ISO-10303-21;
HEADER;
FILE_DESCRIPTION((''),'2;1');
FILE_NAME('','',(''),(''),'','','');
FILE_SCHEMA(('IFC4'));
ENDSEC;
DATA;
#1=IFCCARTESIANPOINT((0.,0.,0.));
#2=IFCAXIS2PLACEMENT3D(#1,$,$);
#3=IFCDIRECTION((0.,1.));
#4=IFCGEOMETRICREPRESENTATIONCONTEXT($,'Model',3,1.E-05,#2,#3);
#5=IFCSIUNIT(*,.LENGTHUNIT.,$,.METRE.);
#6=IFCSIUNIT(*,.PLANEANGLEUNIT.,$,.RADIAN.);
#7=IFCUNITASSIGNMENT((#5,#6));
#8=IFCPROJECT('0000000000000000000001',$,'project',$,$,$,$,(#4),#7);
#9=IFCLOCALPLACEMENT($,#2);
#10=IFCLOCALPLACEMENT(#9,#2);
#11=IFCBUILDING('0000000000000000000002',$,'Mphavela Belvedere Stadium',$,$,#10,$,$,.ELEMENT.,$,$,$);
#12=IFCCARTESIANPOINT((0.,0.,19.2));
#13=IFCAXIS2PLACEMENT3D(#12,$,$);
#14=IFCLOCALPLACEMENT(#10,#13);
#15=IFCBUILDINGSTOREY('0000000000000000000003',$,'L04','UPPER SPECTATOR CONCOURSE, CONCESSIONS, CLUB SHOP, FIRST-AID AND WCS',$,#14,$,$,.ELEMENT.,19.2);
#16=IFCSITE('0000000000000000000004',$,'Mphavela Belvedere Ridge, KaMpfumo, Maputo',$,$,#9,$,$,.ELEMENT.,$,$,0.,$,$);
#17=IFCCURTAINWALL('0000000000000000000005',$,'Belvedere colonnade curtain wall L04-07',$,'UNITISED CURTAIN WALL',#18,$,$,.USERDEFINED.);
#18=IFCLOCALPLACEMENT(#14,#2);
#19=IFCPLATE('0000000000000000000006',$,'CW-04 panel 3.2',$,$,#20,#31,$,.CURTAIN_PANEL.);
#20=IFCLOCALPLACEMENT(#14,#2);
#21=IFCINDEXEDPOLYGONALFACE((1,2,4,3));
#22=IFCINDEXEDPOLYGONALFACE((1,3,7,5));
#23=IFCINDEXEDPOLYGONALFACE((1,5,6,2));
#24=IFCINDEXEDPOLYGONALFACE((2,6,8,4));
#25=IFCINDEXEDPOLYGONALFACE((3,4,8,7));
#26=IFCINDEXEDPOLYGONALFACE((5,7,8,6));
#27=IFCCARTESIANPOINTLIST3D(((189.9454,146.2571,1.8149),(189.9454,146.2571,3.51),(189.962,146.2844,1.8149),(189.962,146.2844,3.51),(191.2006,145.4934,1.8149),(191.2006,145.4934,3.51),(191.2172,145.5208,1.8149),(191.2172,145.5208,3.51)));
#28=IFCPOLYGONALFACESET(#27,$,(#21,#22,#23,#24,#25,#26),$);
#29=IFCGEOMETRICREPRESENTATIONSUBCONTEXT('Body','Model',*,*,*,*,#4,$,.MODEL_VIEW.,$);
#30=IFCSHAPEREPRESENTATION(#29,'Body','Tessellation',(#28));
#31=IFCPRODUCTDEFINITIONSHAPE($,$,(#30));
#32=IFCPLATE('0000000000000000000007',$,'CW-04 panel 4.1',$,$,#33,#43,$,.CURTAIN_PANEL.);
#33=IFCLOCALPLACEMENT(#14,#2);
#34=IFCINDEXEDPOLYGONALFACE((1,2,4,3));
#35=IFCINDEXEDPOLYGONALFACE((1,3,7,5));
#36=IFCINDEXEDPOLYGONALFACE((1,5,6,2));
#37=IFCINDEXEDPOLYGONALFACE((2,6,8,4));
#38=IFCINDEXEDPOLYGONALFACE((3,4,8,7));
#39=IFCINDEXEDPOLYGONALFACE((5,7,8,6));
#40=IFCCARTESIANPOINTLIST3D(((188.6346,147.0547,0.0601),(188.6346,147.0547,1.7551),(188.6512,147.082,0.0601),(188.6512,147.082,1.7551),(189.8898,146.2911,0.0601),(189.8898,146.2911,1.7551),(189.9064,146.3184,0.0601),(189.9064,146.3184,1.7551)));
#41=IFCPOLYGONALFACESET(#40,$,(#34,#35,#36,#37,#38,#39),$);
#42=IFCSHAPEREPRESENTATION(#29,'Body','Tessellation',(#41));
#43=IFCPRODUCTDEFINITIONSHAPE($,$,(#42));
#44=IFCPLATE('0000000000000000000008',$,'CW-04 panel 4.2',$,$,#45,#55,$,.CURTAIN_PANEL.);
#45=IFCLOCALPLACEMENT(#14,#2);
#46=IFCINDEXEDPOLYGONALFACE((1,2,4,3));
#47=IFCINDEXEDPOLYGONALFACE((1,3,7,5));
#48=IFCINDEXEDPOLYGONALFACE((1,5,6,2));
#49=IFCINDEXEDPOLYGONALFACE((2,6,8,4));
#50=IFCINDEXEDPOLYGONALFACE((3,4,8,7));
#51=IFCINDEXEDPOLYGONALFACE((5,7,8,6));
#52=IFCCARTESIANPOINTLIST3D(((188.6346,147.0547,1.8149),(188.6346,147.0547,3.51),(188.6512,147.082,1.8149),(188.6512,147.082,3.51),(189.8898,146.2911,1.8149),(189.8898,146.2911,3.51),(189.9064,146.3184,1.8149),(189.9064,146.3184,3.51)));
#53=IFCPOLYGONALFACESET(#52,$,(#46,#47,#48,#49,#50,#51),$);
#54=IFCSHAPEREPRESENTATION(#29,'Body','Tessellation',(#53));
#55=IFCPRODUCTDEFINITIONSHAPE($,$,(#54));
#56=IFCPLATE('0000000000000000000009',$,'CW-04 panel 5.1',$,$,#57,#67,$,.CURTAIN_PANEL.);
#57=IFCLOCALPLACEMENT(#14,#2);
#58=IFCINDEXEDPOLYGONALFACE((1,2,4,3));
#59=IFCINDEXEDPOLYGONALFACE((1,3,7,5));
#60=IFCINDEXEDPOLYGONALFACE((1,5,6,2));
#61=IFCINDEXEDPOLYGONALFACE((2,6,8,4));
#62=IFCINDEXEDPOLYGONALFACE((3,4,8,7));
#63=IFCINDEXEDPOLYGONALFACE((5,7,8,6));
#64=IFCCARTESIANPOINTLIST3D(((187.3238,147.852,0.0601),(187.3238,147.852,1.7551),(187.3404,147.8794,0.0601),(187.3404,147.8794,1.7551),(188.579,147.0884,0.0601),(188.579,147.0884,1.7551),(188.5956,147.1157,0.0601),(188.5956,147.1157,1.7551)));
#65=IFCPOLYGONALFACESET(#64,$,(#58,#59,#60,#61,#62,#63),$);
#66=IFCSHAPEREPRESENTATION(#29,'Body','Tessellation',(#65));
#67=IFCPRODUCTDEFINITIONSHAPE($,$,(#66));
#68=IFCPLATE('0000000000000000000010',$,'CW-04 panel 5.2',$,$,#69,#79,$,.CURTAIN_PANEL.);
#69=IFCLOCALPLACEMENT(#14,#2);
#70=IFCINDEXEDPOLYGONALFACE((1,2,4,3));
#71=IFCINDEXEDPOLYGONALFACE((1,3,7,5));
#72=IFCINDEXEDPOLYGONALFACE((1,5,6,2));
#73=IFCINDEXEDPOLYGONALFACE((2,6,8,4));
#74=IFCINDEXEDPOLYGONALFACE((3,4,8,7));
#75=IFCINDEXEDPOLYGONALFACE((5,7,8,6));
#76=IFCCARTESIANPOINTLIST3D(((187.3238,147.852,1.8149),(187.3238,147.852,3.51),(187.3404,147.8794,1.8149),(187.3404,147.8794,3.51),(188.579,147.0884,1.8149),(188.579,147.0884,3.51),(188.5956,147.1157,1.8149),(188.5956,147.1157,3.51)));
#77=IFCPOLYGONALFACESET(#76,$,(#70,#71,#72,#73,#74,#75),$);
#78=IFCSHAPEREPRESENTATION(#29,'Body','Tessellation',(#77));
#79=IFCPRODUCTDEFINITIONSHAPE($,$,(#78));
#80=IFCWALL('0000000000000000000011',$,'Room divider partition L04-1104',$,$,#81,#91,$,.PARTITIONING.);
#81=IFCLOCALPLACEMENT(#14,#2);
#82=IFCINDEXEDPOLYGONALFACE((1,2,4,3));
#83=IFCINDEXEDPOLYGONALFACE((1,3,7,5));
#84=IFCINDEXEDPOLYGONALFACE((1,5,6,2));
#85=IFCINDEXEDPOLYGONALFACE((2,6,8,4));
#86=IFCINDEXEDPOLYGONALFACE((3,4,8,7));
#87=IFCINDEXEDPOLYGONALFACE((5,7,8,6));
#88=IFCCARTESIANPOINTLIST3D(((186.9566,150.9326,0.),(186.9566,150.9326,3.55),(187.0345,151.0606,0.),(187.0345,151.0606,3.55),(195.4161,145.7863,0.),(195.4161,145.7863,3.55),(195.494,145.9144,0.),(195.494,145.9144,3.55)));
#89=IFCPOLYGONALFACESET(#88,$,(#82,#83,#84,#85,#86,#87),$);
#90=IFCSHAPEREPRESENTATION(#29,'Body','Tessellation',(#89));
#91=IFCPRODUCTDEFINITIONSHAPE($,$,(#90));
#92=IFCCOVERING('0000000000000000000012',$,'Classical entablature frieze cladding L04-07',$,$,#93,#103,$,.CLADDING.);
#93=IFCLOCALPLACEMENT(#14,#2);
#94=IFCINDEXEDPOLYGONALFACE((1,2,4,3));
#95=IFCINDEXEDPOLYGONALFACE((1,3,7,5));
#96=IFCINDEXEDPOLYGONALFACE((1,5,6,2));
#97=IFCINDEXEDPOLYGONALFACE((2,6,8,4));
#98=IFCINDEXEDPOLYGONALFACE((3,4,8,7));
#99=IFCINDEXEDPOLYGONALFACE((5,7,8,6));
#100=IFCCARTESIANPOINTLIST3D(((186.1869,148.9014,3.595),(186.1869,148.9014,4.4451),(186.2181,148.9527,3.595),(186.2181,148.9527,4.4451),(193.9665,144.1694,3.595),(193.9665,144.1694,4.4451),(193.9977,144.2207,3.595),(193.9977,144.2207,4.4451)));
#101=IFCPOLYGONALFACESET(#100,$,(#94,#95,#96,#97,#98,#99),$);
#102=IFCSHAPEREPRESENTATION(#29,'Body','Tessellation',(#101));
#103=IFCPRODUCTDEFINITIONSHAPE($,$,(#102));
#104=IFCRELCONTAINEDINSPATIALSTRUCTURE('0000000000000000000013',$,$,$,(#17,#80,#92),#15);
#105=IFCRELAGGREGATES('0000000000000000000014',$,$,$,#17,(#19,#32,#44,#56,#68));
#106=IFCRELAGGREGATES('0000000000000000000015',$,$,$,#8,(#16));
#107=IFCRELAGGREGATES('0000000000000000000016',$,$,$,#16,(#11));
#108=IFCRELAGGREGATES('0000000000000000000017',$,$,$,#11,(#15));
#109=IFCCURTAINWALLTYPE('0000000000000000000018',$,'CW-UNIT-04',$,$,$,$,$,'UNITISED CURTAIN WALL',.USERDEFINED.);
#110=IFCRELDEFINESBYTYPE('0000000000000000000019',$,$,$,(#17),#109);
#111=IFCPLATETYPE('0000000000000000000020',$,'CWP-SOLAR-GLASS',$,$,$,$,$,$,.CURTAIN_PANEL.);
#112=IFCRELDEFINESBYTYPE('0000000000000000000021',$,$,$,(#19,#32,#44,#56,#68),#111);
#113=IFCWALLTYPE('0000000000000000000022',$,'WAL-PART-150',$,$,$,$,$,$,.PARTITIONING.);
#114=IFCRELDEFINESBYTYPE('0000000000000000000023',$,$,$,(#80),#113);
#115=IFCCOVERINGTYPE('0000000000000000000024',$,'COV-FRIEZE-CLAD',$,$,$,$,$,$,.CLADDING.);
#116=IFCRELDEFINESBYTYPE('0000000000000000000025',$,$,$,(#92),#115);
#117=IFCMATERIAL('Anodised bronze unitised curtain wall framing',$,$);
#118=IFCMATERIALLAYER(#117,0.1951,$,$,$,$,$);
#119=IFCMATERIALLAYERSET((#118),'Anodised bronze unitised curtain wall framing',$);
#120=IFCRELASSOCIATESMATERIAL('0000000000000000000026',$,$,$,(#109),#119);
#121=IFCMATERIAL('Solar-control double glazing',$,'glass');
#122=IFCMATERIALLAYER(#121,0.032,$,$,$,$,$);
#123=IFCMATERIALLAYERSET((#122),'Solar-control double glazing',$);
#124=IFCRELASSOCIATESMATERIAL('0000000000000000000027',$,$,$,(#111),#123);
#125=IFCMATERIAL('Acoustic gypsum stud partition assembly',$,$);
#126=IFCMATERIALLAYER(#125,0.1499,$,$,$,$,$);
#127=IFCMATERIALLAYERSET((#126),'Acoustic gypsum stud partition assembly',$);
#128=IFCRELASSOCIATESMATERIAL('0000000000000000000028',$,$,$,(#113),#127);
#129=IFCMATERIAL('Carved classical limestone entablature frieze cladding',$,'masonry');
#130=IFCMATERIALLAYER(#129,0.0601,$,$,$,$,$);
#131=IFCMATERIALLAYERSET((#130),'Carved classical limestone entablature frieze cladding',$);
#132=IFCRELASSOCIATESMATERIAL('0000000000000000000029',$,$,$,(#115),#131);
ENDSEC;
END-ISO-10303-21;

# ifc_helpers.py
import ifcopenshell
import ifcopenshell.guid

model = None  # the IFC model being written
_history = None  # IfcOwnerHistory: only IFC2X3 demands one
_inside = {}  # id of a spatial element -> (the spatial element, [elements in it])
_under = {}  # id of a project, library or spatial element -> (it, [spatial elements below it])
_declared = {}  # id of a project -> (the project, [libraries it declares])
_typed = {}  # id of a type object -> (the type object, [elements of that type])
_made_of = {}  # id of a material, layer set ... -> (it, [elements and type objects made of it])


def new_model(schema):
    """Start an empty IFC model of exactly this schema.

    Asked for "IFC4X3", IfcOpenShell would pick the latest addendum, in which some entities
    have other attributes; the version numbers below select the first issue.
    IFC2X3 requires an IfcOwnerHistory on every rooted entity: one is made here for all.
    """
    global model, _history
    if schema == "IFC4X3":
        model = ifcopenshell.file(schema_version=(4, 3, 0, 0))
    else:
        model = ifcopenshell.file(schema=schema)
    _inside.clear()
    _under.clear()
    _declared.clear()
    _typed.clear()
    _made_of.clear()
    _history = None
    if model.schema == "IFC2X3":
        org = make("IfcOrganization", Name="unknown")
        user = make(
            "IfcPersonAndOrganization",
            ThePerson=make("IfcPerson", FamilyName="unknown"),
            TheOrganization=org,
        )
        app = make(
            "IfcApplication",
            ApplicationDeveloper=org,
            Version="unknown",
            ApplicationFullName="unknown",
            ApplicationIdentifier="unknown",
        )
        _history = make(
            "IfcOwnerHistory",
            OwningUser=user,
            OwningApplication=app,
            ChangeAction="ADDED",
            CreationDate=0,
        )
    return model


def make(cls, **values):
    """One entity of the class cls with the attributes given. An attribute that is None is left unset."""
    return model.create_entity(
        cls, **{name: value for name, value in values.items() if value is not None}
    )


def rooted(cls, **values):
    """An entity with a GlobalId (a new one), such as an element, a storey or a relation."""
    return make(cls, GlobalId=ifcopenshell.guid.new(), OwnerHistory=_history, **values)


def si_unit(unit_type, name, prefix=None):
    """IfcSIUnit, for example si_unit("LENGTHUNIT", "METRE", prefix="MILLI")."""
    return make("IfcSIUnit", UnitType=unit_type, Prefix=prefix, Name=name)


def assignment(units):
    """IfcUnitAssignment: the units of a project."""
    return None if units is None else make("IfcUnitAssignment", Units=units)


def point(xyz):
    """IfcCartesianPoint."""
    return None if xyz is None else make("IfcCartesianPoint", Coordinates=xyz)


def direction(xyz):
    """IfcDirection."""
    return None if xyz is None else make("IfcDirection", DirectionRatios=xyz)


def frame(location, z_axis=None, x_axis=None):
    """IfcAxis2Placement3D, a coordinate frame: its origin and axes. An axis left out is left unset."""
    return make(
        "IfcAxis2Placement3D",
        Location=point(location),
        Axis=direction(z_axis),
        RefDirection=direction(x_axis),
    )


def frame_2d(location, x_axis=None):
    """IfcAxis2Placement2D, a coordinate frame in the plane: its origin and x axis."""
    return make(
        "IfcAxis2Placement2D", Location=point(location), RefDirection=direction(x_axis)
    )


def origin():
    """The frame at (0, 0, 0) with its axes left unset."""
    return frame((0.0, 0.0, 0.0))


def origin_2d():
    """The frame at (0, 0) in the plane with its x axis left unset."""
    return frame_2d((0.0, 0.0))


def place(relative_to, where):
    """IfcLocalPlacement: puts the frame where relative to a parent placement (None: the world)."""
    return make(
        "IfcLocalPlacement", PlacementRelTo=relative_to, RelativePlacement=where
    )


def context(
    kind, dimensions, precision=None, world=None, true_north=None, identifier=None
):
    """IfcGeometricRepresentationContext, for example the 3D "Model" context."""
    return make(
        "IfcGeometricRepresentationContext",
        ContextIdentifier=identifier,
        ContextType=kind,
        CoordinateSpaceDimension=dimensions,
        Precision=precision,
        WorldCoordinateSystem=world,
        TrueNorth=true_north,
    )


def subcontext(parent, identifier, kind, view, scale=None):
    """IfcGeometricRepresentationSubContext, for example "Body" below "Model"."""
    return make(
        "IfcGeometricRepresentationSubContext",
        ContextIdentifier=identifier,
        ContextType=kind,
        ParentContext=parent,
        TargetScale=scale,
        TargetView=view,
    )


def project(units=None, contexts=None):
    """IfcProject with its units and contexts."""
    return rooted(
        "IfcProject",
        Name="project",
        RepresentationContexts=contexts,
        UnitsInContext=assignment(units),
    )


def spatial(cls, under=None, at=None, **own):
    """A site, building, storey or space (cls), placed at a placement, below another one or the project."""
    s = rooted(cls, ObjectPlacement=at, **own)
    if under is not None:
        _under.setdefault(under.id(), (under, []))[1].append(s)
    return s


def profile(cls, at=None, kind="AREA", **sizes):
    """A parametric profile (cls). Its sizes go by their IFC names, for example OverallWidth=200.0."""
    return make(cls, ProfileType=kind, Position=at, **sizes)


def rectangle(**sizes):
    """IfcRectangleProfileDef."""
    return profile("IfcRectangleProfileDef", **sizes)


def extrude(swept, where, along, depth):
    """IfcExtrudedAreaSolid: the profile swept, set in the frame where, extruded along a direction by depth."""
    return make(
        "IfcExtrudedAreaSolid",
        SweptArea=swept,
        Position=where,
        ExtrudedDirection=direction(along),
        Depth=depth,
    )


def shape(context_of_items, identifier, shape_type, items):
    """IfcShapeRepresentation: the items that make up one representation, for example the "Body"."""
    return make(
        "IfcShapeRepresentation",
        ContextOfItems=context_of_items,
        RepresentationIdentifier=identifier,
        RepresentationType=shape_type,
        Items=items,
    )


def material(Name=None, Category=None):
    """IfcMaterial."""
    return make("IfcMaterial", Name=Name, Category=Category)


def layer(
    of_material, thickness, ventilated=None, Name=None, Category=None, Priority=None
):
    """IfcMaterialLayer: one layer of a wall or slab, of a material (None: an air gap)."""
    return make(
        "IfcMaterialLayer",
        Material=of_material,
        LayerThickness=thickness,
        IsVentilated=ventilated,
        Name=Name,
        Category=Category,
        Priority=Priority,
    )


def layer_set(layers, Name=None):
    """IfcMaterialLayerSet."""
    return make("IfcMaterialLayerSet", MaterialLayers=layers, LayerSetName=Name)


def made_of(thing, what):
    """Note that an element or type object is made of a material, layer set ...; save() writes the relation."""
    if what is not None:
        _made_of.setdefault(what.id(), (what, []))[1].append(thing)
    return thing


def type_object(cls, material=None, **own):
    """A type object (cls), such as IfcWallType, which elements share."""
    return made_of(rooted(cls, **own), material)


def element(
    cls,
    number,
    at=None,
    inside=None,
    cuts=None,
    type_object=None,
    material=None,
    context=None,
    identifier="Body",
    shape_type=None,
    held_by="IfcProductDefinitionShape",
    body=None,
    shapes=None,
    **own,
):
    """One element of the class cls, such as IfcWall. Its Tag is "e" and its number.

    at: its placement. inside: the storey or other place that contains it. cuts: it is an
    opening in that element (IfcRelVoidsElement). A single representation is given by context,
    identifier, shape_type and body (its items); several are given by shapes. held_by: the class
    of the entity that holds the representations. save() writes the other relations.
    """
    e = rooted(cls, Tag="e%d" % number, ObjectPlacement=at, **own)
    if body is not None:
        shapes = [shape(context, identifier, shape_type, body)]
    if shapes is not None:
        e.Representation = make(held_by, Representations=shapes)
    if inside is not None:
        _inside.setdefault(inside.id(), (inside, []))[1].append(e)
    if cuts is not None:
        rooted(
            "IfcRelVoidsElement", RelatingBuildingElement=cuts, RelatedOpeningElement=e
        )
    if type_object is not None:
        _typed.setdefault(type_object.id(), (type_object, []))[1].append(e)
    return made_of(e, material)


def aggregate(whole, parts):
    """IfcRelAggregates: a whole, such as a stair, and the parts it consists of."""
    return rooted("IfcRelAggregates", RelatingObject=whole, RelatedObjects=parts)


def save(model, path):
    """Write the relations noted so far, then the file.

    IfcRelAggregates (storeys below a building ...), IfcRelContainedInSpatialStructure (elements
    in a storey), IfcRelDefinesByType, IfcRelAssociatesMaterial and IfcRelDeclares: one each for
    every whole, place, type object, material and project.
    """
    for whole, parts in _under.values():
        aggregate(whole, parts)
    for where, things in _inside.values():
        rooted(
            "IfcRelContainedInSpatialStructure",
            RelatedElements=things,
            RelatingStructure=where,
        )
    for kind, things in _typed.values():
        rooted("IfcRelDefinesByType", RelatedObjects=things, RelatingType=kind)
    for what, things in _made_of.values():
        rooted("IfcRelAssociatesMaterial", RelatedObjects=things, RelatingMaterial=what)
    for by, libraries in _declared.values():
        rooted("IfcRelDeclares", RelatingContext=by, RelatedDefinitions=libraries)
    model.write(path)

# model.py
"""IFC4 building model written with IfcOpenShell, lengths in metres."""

from ifc_helpers import new_model, si_unit, direction, frame, frame_2d, origin, origin_2d, place, context, subcontext, project, spatial, rectangle, extrude, material, layer, layer_set, type_object, element, aggregate, save


model = new_model("IFC4")

# Units and contexts
model_context = context("Model", 3, precision=1e-05, world=origin(), true_north=direction((0.0, 1.0)))
body_context = subcontext(model_context, "Body", "Model", "MODEL_VIEW")
ifc_project = project(units=[si_unit("LENGTHUNIT", "METRE"), si_unit("PLANEANGLEUNIT", "RADIAN")], contexts=[model_context])

# Site, building, storey
site_placement = place(None, origin())
site = spatial("IfcSite", under=ifc_project, at=site_placement, Name="Mphavela Belvedere Ridge, KaMpfumo, Maputo", CompositionType="ELEMENT", RefElevation=0.0)
building_placement = place(site_placement, origin())
building = spatial("IfcBuilding", under=site, at=building_placement, Name="Mphavela Belvedere Stadium", CompositionType="ELEMENT")
storey_placement = place(building_placement, frame((0.0, 0.0, 19.2)))
storey = spatial("IfcBuildingStorey", under=building, at=storey_placement, Name="L04", Description="UPPER SPECTATOR CONCOURSE, CONCESSIONS, CLUB SHOP, FIRST-AID AND WCS", CompositionType="ELEMENT", Elevation=19.2)

# Curtain wall, plates
ifc_material_1 = material(Name="Anodised bronze unitised curtain wall framing")
ifc_layer_1 = layer(ifc_material_1, 0.1951)
ifc_layer_set_1 = layer_set([ifc_layer_1], Name="Anodised bronze unitised curtain wall framing")
curtain_wall_type = type_object("IfcCurtainWallType", Name="CW-UNIT-04", ElementType="UNITISED CURTAIN WALL", PredefinedType="USERDEFINED", material=ifc_layer_set_1)
curtain_wall_placement = place(storey_placement, origin())
curtain_wall = element("IfcCurtainWall", 1, at=curtain_wall_placement, inside=storey, type_object=curtain_wall_type, Name="Belvedere colonnade curtain wall L04-07", ObjectType="UNITISED CURTAIN WALL", PredefinedType="USERDEFINED")
ifc_material_2 = material(Name="Solar-control double glazing", Category="glass")
ifc_layer_2 = layer(ifc_material_2, 0.032)
ifc_layer_set_2 = layer_set([ifc_layer_2], Name="Solar-control double glazing")
plate_type = type_object("IfcPlateType", Name="CWP-SOLAR-GLASS", PredefinedType="CURTAIN_PANEL", material=ifc_layer_set_2)
plate_1_placement = place(storey_placement, frame((190.5813, 145.8889, 1.8149), z_axis=(0.0, 0.0, 1.0), x_axis=(-0.854327, 0.519735, 0.0)))
plate_1 = element("IfcPlate", 2, at=plate_1_placement, type_object=plate_type, Name="CW-04 panel 3.2", PredefinedType="CURTAIN_PANEL", context=body_context, shape_type="SweptSolid", body=[
    extrude(rectangle(XDim=1.4692, YDim=0.032, at=origin_2d()), origin(), (0.0, 0.0, 1.0), 1.6951),
])
plate_2_placement = place(storey_placement, frame((189.2705, 146.6865, 0.0601), z_axis=(0.0, 0.0, 1.0), x_axis=(-0.854327, 0.519735, 0.0)))
plate_2 = element("IfcPlate", 3, at=plate_2_placement, type_object=plate_type, Name="CW-04 panel 4.1", PredefinedType="CURTAIN_PANEL", context=body_context, shape_type="SweptSolid", body=[
    extrude(rectangle(XDim=1.4692, YDim=0.032, at=origin_2d()), origin(), (0.0, 0.0, 1.0), 1.6951),
])
plate_3_placement = place(storey_placement, frame((189.2705, 146.6865, 1.8149), z_axis=(0.0, 0.0, 1.0), x_axis=(-0.854327, 0.519735, 0.0)))
plate_3 = element("IfcPlate", 4, at=plate_3_placement, type_object=plate_type, Name="CW-04 panel 4.2", PredefinedType="CURTAIN_PANEL", context=body_context, shape_type="SweptSolid", body=[
    extrude(rectangle(XDim=1.4692, YDim=0.032, at=origin_2d()), origin(), (0.0, 0.0, 1.0), 1.6951),
])
plate_4_placement = place(storey_placement, frame((187.9597, 147.4839, 0.0601), z_axis=(0.0, 0.0, 1.0), x_axis=(-0.854327, 0.519735, 0.0)))
plate_4 = element("IfcPlate", 5, at=plate_4_placement, type_object=plate_type, Name="CW-04 panel 5.1", PredefinedType="CURTAIN_PANEL", context=body_context, shape_type="SweptSolid", body=[
    extrude(rectangle(XDim=1.4692, YDim=0.032, at=origin_2d()), origin(), (0.0, 0.0, 1.0), 1.6951),
])
plate_5_placement = place(storey_placement, frame((187.9597, 147.4839, 1.8149), z_axis=(0.0, 0.0, 1.0), x_axis=(-0.854327, 0.519735, 0.0)))
plate_5 = element("IfcPlate", 6, at=plate_5_placement, type_object=plate_type, Name="CW-04 panel 5.2", PredefinedType="CURTAIN_PANEL", context=body_context, shape_type="SweptSolid", body=[
    extrude(rectangle(XDim=1.4692, YDim=0.032, at=origin_2d()), origin(), (0.0, 0.0, 1.0), 1.6951),
])
aggregate(curtain_wall, [plate_1, plate_2, plate_3, plate_4, plate_5])

# Wall
ifc_material_3 = material(Name="Acoustic gypsum stud partition assembly")
ifc_layer_3 = layer(ifc_material_3, 0.1499)
ifc_layer_set_3 = layer_set([ifc_layer_3], Name="Acoustic gypsum stud partition assembly")
wall_type = type_object("IfcWallType", Name="WAL-PART-150", PredefinedType="PARTITIONING", material=ifc_layer_set_3)
wall_placement = place(storey_placement, frame((195.4551, 145.8503, 0.0), z_axis=(0.0, 0.0, 1.0), x_axis=(-0.854333, 0.519726, 0.0)))
element("IfcWall", 7, at=wall_placement, inside=storey, type_object=wall_type, Name="Room divider partition L04-1104", PredefinedType="PARTITIONING", context=body_context, shape_type="SweptSolid", body=[
    extrude(rectangle(XDim=9.9019, YDim=0.1499, at=frame_2d((4.9509, 0.0))), origin(), (0.0, 0.0, 1.0), 3.55),
])

# Covering
ifc_material_4 = material(Name="Carved classical limestone entablature frieze cladding", Category="masonry")
ifc_layer_4 = layer(ifc_material_4, 0.0601)
ifc_layer_set_4 = layer_set([ifc_layer_4], Name="Carved classical limestone entablature frieze cladding")
covering_type = type_object("IfcCoveringType", Name="COV-FRIEZE-CLAD", PredefinedType="CLADDING", material=ifc_layer_set_4)
covering_placement = place(storey_placement, frame((190.0923, 146.561, 3.595), z_axis=(0.0, 0.0, 1.0), x_axis=(-0.854368, 0.519668, 0.0)))
element("IfcCovering", 8, at=covering_placement, inside=storey, type_object=covering_type, Name="Classical entablature frieze cladding L04-07", PredefinedType="CLADDING", context=body_context, shape_type="SweptSolid", body=[
    extrude(rectangle(XDim=9.1057, YDim=0.0601, at=origin_2d()), origin(), (0.0, 0.0, 1.0), 0.8501),
])

save(model, "model.ifc")
